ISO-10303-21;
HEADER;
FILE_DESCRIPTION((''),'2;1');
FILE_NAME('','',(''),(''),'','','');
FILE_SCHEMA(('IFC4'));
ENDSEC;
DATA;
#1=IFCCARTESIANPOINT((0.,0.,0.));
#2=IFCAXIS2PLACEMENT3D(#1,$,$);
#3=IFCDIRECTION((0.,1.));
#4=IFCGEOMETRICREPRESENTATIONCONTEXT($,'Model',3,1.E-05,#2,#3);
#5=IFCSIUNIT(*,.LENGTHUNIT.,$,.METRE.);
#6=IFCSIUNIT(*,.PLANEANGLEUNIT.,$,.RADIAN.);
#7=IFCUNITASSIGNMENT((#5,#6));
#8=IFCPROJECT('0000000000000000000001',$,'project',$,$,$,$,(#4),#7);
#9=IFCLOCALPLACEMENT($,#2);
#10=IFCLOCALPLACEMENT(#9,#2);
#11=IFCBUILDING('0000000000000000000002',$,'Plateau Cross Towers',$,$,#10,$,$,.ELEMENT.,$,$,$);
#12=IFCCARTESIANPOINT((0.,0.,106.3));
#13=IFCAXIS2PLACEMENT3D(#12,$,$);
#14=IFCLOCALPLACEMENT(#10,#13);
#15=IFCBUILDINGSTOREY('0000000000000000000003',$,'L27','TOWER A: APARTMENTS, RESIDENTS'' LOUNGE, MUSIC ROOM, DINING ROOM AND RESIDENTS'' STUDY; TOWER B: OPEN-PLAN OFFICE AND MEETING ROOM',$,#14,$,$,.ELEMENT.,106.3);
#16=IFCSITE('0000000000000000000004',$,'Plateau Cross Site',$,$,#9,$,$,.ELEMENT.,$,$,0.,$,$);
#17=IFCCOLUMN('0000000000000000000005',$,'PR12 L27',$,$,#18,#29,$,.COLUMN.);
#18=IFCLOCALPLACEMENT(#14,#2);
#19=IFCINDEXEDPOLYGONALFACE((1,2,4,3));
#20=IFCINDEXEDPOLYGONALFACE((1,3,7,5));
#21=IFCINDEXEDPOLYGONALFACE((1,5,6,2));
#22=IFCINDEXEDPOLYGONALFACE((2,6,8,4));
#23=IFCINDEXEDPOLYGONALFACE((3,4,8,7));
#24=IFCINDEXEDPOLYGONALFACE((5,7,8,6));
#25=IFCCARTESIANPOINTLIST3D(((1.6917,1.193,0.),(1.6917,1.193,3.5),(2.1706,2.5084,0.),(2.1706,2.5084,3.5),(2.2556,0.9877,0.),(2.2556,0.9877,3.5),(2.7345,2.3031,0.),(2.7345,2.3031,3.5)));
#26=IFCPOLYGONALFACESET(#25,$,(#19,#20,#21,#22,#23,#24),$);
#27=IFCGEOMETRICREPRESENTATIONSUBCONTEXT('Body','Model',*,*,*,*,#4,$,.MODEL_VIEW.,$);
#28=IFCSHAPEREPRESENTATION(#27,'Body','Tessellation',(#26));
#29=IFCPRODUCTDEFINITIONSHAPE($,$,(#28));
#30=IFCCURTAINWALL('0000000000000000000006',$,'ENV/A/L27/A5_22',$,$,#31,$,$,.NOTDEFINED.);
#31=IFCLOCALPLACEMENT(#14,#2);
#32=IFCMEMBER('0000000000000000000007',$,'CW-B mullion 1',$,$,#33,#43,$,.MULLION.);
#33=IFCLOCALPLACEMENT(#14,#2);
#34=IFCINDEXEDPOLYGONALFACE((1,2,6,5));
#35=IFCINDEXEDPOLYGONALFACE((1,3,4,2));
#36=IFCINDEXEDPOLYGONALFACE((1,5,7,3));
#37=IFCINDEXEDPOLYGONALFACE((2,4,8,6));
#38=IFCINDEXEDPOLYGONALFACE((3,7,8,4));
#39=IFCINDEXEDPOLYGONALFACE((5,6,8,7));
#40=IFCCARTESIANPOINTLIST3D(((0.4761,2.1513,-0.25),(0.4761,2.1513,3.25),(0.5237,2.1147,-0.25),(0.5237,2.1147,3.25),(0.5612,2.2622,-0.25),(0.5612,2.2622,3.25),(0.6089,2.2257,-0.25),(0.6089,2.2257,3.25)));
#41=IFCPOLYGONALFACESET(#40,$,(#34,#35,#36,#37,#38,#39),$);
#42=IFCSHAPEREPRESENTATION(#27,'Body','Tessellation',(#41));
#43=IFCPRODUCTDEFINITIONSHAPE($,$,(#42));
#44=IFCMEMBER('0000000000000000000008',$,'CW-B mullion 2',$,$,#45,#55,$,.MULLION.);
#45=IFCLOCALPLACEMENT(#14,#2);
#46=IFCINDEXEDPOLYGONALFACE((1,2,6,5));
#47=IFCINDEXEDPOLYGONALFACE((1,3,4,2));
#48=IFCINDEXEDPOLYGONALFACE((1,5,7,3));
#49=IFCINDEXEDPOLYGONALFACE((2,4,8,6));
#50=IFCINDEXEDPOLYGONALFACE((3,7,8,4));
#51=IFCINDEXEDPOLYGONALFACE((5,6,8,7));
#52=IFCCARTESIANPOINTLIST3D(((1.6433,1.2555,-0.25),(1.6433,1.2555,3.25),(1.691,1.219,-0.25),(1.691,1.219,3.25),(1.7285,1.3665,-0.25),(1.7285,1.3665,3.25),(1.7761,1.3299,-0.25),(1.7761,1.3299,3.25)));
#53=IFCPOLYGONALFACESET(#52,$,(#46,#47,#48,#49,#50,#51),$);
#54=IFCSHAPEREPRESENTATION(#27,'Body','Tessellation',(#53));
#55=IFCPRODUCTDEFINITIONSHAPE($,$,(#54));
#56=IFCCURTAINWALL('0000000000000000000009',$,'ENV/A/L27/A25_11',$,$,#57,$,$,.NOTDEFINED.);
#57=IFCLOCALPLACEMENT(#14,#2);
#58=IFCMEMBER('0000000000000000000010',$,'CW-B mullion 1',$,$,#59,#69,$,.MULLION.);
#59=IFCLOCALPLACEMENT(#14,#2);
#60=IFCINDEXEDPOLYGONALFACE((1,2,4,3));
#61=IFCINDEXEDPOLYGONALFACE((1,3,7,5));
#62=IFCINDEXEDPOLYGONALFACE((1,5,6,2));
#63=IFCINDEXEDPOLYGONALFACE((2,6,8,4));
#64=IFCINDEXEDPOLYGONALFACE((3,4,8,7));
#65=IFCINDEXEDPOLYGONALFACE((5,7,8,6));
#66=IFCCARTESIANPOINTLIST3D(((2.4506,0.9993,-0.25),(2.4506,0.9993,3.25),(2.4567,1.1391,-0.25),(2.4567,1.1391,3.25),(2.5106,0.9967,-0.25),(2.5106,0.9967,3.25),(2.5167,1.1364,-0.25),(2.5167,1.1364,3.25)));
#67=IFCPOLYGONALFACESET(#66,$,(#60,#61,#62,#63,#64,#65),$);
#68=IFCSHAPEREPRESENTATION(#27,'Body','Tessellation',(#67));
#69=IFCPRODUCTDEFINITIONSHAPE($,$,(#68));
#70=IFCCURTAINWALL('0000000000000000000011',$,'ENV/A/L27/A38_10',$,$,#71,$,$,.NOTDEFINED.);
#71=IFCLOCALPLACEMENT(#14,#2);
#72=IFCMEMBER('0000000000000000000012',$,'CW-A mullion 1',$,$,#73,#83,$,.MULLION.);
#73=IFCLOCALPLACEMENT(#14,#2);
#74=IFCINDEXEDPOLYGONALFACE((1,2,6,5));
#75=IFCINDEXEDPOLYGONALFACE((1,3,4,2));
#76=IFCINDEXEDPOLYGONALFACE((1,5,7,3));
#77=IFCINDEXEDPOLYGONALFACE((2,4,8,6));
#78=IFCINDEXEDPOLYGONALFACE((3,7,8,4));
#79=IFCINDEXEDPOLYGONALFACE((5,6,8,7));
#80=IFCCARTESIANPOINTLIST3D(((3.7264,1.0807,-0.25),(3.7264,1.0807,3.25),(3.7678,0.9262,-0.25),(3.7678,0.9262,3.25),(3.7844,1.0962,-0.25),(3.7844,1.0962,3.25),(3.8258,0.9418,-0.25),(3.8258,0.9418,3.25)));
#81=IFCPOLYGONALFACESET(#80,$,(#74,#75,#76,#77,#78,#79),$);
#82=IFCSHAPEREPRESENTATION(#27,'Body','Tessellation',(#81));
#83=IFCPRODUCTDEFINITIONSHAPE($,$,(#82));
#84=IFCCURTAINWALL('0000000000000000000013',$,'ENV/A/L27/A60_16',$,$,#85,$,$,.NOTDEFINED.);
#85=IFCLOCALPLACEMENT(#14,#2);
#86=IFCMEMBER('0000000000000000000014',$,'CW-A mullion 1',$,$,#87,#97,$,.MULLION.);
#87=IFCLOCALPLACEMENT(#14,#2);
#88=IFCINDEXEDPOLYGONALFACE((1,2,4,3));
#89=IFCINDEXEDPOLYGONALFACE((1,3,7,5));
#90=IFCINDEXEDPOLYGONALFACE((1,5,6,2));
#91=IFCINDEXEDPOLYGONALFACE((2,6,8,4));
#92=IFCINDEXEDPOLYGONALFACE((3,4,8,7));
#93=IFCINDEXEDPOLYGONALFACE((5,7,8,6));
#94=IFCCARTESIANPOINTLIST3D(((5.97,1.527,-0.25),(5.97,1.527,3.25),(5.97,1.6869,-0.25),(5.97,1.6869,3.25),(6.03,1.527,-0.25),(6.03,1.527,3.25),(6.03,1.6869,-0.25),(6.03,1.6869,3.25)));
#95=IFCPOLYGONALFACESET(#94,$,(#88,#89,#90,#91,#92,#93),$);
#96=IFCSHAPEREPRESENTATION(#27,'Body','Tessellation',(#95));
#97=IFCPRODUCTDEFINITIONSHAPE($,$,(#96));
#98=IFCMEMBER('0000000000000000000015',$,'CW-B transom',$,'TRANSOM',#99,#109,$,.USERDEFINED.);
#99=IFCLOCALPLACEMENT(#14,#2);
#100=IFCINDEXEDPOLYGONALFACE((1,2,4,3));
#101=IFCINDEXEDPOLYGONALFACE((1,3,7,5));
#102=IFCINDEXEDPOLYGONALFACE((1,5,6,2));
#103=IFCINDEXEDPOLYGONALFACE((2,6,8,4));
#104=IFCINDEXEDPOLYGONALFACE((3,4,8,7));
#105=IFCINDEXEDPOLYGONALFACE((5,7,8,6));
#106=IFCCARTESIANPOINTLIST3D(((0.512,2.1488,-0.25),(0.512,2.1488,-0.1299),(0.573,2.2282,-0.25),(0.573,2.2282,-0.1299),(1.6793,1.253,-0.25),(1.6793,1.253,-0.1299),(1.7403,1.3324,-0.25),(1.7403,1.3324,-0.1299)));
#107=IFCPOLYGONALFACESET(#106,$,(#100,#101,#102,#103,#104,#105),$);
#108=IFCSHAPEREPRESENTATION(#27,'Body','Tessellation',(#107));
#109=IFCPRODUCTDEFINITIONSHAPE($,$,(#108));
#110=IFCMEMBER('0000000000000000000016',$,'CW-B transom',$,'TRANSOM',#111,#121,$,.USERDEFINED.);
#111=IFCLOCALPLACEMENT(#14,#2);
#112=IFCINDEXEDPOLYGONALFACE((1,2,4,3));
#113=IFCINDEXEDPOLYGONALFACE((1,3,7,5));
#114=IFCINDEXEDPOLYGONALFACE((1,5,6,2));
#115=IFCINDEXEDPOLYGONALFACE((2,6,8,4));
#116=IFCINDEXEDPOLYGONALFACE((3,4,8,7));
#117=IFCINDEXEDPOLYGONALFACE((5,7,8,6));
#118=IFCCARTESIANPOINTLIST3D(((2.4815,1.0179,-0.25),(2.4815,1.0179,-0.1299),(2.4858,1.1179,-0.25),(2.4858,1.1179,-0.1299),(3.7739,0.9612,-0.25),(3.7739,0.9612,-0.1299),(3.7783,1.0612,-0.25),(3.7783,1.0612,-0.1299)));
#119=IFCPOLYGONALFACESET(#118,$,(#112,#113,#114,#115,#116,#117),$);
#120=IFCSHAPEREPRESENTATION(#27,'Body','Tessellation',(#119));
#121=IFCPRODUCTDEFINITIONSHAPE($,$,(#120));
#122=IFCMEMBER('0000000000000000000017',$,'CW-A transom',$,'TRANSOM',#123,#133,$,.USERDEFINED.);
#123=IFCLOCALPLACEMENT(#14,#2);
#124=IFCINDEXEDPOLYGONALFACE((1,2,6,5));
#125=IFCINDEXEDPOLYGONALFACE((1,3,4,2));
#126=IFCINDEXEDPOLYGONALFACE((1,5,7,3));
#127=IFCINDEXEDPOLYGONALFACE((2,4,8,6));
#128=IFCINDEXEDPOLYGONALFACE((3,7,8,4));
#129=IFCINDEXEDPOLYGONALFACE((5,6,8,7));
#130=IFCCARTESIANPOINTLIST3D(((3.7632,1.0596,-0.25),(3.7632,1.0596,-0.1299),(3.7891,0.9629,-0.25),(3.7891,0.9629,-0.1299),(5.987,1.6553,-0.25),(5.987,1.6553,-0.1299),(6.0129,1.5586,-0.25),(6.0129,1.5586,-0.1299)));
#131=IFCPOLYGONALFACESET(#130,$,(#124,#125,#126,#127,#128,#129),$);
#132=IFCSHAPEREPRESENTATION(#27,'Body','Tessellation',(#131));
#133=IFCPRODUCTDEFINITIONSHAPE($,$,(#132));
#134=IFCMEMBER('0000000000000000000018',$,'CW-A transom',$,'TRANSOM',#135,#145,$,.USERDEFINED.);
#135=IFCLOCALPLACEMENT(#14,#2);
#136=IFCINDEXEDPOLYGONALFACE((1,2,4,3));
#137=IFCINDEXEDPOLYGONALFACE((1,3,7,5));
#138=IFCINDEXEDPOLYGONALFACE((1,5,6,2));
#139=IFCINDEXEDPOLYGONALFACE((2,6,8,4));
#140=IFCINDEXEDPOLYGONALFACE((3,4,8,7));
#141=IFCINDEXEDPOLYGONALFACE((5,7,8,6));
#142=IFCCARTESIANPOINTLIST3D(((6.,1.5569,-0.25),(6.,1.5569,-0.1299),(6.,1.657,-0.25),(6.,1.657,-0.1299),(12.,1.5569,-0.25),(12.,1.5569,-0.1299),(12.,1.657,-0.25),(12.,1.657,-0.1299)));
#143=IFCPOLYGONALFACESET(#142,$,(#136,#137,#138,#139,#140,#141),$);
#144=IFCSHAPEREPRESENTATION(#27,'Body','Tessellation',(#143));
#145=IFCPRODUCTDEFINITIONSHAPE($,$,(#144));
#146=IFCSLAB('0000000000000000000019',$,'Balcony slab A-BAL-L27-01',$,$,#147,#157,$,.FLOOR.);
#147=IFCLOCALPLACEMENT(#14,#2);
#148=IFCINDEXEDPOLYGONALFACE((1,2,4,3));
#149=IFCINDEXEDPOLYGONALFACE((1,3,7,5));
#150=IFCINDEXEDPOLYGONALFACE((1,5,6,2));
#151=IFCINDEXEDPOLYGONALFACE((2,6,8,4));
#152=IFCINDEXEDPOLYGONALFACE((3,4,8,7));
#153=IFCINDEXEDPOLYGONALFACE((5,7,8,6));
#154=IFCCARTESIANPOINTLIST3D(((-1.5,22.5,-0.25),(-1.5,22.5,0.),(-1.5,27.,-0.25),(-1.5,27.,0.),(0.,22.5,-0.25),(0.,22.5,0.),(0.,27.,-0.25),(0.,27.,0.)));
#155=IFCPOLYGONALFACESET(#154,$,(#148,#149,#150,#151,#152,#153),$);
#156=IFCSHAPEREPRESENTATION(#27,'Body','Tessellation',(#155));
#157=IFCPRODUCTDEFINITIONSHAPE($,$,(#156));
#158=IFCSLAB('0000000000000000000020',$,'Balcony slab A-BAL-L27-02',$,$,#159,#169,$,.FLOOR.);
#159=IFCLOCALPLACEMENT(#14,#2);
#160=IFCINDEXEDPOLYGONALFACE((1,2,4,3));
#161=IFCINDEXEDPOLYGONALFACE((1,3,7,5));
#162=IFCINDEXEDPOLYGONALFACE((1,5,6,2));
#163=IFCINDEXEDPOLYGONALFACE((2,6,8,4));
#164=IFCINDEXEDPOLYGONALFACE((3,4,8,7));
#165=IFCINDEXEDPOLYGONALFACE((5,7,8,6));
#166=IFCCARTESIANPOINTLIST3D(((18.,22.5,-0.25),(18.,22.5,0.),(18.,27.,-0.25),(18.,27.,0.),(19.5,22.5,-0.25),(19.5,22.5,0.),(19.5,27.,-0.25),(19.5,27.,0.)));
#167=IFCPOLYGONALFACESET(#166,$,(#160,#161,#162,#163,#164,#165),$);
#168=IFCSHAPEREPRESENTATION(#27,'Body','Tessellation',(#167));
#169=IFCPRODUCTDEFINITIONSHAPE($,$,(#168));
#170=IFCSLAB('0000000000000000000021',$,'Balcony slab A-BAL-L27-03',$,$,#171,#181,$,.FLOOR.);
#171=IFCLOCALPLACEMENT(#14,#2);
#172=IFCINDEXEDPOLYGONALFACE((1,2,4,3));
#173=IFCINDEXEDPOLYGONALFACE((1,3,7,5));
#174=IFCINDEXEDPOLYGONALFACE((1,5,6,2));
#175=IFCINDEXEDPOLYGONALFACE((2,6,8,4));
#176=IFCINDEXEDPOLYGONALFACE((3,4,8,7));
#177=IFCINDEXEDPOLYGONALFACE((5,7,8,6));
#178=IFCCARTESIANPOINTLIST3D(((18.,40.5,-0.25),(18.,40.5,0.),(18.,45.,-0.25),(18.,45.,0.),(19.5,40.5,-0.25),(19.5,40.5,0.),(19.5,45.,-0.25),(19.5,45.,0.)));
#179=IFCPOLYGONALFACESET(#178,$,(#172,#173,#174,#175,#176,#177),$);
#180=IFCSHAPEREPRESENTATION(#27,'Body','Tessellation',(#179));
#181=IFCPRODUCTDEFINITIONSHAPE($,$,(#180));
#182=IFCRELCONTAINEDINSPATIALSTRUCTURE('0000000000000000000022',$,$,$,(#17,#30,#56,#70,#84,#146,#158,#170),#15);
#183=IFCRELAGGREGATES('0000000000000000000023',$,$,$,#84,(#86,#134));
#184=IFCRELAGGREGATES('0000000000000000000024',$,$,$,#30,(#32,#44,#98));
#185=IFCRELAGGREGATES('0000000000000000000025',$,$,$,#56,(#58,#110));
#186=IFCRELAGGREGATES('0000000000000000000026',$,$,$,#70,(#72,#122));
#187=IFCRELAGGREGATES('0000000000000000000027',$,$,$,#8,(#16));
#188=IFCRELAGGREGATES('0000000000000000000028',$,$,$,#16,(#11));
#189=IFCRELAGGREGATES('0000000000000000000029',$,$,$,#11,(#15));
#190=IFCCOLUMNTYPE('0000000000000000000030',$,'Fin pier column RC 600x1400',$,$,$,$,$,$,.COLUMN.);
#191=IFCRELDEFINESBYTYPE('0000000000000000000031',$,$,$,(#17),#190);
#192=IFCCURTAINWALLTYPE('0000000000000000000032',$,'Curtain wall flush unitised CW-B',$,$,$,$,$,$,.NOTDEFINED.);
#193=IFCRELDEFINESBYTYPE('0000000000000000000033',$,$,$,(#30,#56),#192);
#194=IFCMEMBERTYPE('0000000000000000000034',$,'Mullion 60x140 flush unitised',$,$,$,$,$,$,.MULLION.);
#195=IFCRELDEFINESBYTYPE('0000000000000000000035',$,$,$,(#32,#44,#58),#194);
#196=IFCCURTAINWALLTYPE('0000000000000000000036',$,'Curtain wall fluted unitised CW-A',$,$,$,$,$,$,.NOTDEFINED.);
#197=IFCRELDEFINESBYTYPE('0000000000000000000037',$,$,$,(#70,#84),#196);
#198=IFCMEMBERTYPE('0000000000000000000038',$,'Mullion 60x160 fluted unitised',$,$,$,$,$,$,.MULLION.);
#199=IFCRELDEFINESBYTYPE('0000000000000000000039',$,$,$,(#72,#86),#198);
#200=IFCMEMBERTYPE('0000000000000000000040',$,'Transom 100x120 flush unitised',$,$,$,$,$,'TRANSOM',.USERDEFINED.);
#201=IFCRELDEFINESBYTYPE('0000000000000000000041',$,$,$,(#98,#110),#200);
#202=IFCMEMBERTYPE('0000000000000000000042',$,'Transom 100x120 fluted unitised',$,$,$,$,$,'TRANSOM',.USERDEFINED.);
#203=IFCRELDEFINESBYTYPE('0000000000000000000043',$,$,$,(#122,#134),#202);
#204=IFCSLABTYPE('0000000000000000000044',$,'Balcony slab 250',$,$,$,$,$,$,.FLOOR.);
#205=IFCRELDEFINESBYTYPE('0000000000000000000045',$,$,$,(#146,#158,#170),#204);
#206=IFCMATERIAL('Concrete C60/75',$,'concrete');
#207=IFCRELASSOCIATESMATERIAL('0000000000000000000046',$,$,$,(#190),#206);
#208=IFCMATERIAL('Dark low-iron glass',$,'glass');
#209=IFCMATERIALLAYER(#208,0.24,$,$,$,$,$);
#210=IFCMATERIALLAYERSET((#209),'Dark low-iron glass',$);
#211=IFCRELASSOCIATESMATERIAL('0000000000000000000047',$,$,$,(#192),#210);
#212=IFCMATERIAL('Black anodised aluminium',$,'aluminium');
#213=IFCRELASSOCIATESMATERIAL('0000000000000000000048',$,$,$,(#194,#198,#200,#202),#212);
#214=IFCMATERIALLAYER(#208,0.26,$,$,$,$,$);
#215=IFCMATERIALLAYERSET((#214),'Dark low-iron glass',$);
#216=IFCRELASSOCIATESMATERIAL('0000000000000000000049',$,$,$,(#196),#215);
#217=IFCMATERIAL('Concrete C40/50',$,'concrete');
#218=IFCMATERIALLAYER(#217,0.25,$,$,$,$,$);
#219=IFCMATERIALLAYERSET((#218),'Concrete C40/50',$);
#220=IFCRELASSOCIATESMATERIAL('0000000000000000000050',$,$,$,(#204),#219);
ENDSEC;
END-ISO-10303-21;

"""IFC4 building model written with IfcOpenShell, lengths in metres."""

from ifc_helpers import new_model, si_unit, direction, frame, origin, origin_2d, place, context, subcontext, project, spatial, polyline, rectangle, outline, extrude, material, layer, layer_set, material_profile, profile_set, type_object, element, aggregate, save


model = new_model("IFC4")

# Units and contexts
model_context = context("Model", 3, precision=1e-05, world=origin(), true_north=direction((0.0, 1.0)))
body_context = subcontext(model_context, "Body", "Model", "MODEL_VIEW")
ifc_project = project(units=[si_unit("LENGTHUNIT", "METRE"), si_unit("PLANEANGLEUNIT", "RADIAN")], contexts=[model_context])

# Site, building, storey
site_placement = place(None, origin())
site = spatial("IfcSite", under=ifc_project, at=site_placement, Name="Plateau Cross Site", CompositionType="ELEMENT", RefElevation=0.0)
building_placement = place(site_placement, origin())
building = spatial("IfcBuilding", under=site, at=building_placement, Name="Plateau Cross Towers", CompositionType="ELEMENT")
storey_placement = place(building_placement, frame((0.0, 0.0, 106.3)))
storey = spatial("IfcBuildingStorey", under=building, at=storey_placement, Name="L27", Description="TOWER A: APARTMENTS, RESIDENTS' LOUNGE, MUSIC ROOM, DINING ROOM AND RESIDENTS' STUDY; TOWER B: OPEN-PLAN OFFICE AND MEETING ROOM", CompositionType="ELEMENT", Elevation=106.3)

# Column
ifc_material_1 = material(Name="Concrete C60/75", Category="concrete")
ifc_material_profile_1 = material_profile(ifc_material_1, rectangle(XDim=0.6001, YDim=1.3999, at=origin_2d()), Name="RC 600x1400")
ifc_profile_set_1 = profile_set([ifc_material_profile_1], Name="Concrete C60/75")
column_type = type_object("IfcColumnType", Name="Fin pier column RC 600x1400", PredefinedType="COLUMN", material=ifc_profile_set_1)
column_placement = place(storey_placement, frame((2.2131, 1.748, 0.0), z_axis=(0.0, 0.0, 1.0), x_axis=(-0.939664, 0.342098, 0.0)))
element("IfcColumn", 1, at=column_placement, inside=storey, type_object=column_type, Name="PR12 L27", PredefinedType="COLUMN", context=body_context, shape_type="SweptSolid", body=[
    extrude(rectangle(XDim=0.6001, YDim=1.3999, at=origin_2d()), origin(), (0.0, 0.0, 1.0), 3.5),
])

# Curtain wall, members
ifc_material_2 = material(Name="Dark low-iron glass", Category="glass")
ifc_layer_1 = layer(ifc_material_2, 0.24)
ifc_layer_set_1 = layer_set([ifc_layer_1], Name="Dark low-iron glass")
curtain_wall_type_1 = type_object("IfcCurtainWallType", Name="Curtain wall flush unitised CW-B", PredefinedType="NOTDEFINED", material=ifc_layer_set_1)
curtain_wall_1_placement = place(storey_placement, origin())
curtain_wall_1 = element("IfcCurtainWall", 2, at=curtain_wall_1_placement, inside=storey, type_object=curtain_wall_type_1, Name="ENV/A/L27/A5_22", PredefinedType="NOTDEFINED")
ifc_material_3 = material(Name="Black anodised aluminium", Category="aluminium")
ifc_material_profile_2 = material_profile(ifc_material_3, rectangle(XDim=0.0601, YDim=0.1399, at=origin_2d()), Name="MULLION 60x140")
ifc_profile_set_2 = profile_set([ifc_material_profile_2], Name="Black anodised aluminium")
member_type_1 = type_object("IfcMemberType", Name="Mullion 60x140 flush unitised", PredefinedType="MULLION", material=ifc_profile_set_2)
member_1_placement = place(storey_placement, frame((0.5425, 2.1885, -0.25), z_axis=(0.0, 0.0, 1.0), x_axis=(0.793316, -0.608811, 0.0)))
member_1 = element("IfcMember", 3, at=member_1_placement, type_object=member_type_1, Name="CW-B mullion 1", PredefinedType="MULLION", context=body_context, shape_type="SweptSolid", body=[
    extrude(rectangle(XDim=0.0601, YDim=0.1399, at=origin_2d()), origin(), (0.0, 0.0, 1.0), 3.5),
])
member_2_placement = place(storey_placement, frame((1.7097, 1.2927, -0.25), z_axis=(0.0, 0.0, 1.0), x_axis=(0.793316, -0.608811, 0.0)))
member_2 = element("IfcMember", 4, at=member_2_placement, type_object=member_type_1, Name="CW-B mullion 2", PredefinedType="MULLION", context=body_context, shape_type="SweptSolid", body=[
    extrude(rectangle(XDim=0.0601, YDim=0.1399, at=origin_2d()), origin(), (0.0, 0.0, 1.0), 3.5),
])

# Curtain walls, members
curtain_wall_2_placement = place(storey_placement, origin())
curtain_wall_2 = element("IfcCurtainWall", 5, at=curtain_wall_2_placement, inside=storey, type_object=curtain_wall_type_1, Name="ENV/A/L27/A25_11", PredefinedType="NOTDEFINED")
member_3_placement = place(storey_placement, frame((2.4836, 1.0679, -0.25), z_axis=(0.0, 0.0, 1.0), x_axis=(0.999044, -0.043723, 0.0)))
member_3 = element("IfcMember", 6, at=member_3_placement, type_object=member_type_1, Name="CW-B mullion 1", PredefinedType="MULLION", context=body_context, shape_type="SweptSolid", body=[
    extrude(rectangle(XDim=0.0601, YDim=0.1399, at=origin_2d()), origin(), (0.0, 0.0, 1.0), 3.5),
])
ifc_layer_2 = layer(ifc_material_2, 0.26)
ifc_layer_set_2 = layer_set([ifc_layer_2], Name="Dark low-iron glass")
curtain_wall_type_2 = type_object("IfcCurtainWallType", Name="Curtain wall fluted unitised CW-A", PredefinedType="NOTDEFINED", material=ifc_layer_set_2)
curtain_wall_3_placement = place(storey_placement, origin())
curtain_wall_3 = element("IfcCurtainWall", 7, at=curtain_wall_3_placement, inside=storey, type_object=curtain_wall_type_2, Name="ENV/A/L27/A38_10", PredefinedType="NOTDEFINED")
ifc_material_profile_3 = material_profile(ifc_material_3, rectangle(XDim=0.0601, YDim=0.1599, at=origin_2d()), Name="MULLION 60x160")
ifc_profile_set_3 = profile_set([ifc_material_profile_3], Name="Black anodised aluminium")
member_type_2 = type_object("IfcMemberType", Name="Mullion 60x160 fluted unitised", PredefinedType="MULLION", material=ifc_profile_set_3)
member_4_placement = place(storey_placement, frame((3.7761, 1.0112, -0.25), z_axis=(0.0, 0.0, 1.0), x_axis=(0.965958, 0.258699, 0.0)))
member_4 = element("IfcMember", 8, at=member_4_placement, type_object=member_type_2, Name="CW-A mullion 1", PredefinedType="MULLION", context=body_context, shape_type="SweptSolid", body=[
    extrude(rectangle(XDim=0.0601, YDim=0.1599, at=origin_2d()), origin(), (0.0, 0.0, 1.0), 3.5),
])
curtain_wall_4_placement = place(storey_placement, origin())
curtain_wall_4 = element("IfcCurtainWall", 9, at=curtain_wall_4_placement, inside=storey, type_object=curtain_wall_type_2, Name="ENV/A/L27/A60_16", PredefinedType="NOTDEFINED")
member_5_placement = place(storey_placement, frame((6.0, 1.6069, -0.25), z_axis=(0.0, 0.0, 1.0), x_axis=(1.0, 0.0, 0.0)))
member_5 = element("IfcMember", 10, at=member_5_placement, type_object=member_type_2, Name="CW-A mullion 1", PredefinedType="MULLION", context=body_context, shape_type="SweptSolid", body=[
    extrude(rectangle(XDim=0.0601, YDim=0.1599, at=origin_2d()), origin(), (0.0, 0.0, 1.0), 3.5),
])

# Members
ifc_material_profile_4 = material_profile(ifc_material_3, rectangle(XDim=0.1001, YDim=0.1201, at=origin_2d()), Name="TRANSOM 100x120")
ifc_profile_set_4 = profile_set([ifc_material_profile_4], Name="Black anodised aluminium")
member_type_3 = type_object("IfcMemberType", Name="Transom 100x120 flush unitised", ElementType="TRANSOM", PredefinedType="USERDEFINED", material=ifc_profile_set_4)
member_6_placement = place(storey_placement, frame((0.5425, 2.1885, -0.1899), z_axis=(0.793321, -0.608804, 0.0), x_axis=(0.608804, 0.793321, 0.0)))
member_6 = element("IfcMember", 11, at=member_6_placement, type_object=member_type_3, Name="CW-B transom", ObjectType="TRANSOM", PredefinedType="USERDEFINED", context=body_context, shape_type="SweptSolid", body=[
    extrude(rectangle(XDim=0.1001, YDim=0.1201, at=origin_2d()), origin(), (0.0, 0.0, 1.0), 1.4714),
])
member_7_placement = place(storey_placement, frame((2.4836, 1.0679, -0.1899), z_axis=(0.999041, -0.043781, 0.0), x_axis=(0.043781, 0.999041, 0.0)))
member_7 = element("IfcMember", 12, at=member_7_placement, type_object=member_type_3, Name="CW-B transom", ObjectType="TRANSOM", PredefinedType="USERDEFINED", context=body_context, shape_type="SweptSolid", body=[
    extrude(rectangle(XDim=0.1001, YDim=0.1201, at=origin_2d()), origin(), (0.0, 0.0, 1.0), 1.2937),
])
ifc_material_profile_5 = material_profile(ifc_material_3, rectangle(XDim=0.1001, YDim=0.1201, at=origin_2d()), Name="TRANSOM 100x120")
ifc_profile_set_5 = profile_set([ifc_material_profile_5], Name="Black anodised aluminium")
member_type_4 = type_object("IfcMemberType", Name="Transom 100x120 fluted unitised", ElementType="TRANSOM", PredefinedType="USERDEFINED", material=ifc_profile_set_5)
member_8_placement = place(storey_placement, frame((3.7761, 1.0112, -0.1899), z_axis=(0.965946, 0.258745, 0.0), x_axis=(-0.258745, 0.965946, 0.0)))
member_8 = element("IfcMember", 13, at=member_8_placement, type_object=member_type_4, Name="CW-A transom", ObjectType="TRANSOM", PredefinedType="USERDEFINED", context=body_context, shape_type="SweptSolid", body=[
    extrude(rectangle(XDim=0.1001, YDim=0.1201, at=origin_2d()), origin(), (0.0, 0.0, 1.0), 2.3022),
])
member_9_placement = place(storey_placement, frame((6.0, 1.6069, -0.1899), z_axis=(1.0, 0.0, 0.0), x_axis=(0.0, 1.0, 0.0)))
member_9 = element("IfcMember", 14, at=member_9_placement, type_object=member_type_4, Name="CW-A transom", ObjectType="TRANSOM", PredefinedType="USERDEFINED", context=body_context, shape_type="SweptSolid", body=[
    extrude(rectangle(XDim=0.1001, YDim=0.1201, at=origin_2d()), origin(), (0.0, 0.0, 1.0), 6.0),
])
aggregate(curtain_wall_4, [member_5, member_9])

# Slabs
ifc_material_4 = material(Name="Concrete C40/50", Category="concrete")
ifc_layer_3 = layer(ifc_material_4, 0.25)
ifc_layer_set_3 = layer_set([ifc_layer_3], Name="Concrete C40/50")
slab_type_1 = type_object("IfcSlabType", Name="Balcony slab 250", PredefinedType="FLOOR", material=ifc_layer_set_3)
slab_1_placement = place(storey_placement, frame((0.0, 0.0, -0.25)))
element("IfcSlab", 15, at=slab_1_placement, inside=storey, type_object=slab_type_1, Name="Balcony slab A-BAL-L27-01", PredefinedType="FLOOR", context=body_context, shape_type="SweptSolid", body=[
    extrude(outline(polyline([(0.0, 22.5), (0.0, 27.0), (-1.5, 27.0), (-1.5, 22.5), (0.0, 22.5)])), origin(), (0.0, 0.0, 1.0), 0.25),
])
slab_2_placement = place(storey_placement, frame((0.0, 0.0, -0.25)))
element("IfcSlab", 16, at=slab_2_placement, inside=storey, type_object=slab_type_1, Name="Balcony slab A-BAL-L27-02", PredefinedType="FLOOR", context=body_context, shape_type="SweptSolid", body=[
    extrude(outline(polyline([(19.5, 22.5), (19.5, 27.0), (18.0, 27.0), (18.0, 22.5), (19.5, 22.5)])), origin(), (0.0, 0.0, 1.0), 0.25),
])
slab_3_placement = place(storey_placement, frame((0.0, 0.0, -0.25)))
element("IfcSlab", 17, at=slab_3_placement, inside=storey, type_object=slab_type_1, Name="Balcony slab A-BAL-L27-03", PredefinedType="FLOOR", context=body_context, shape_type="SweptSolid", body=[
    extrude(outline(polyline([(19.5, 40.5), (19.5, 45.0), (18.0, 45.0), (18.0, 40.5), (19.5, 40.5)])), origin(), (0.0, 0.0, 1.0), 0.25),
])

aggregate(curtain_wall_1, [member_1, member_2, member_6])
aggregate(curtain_wall_2, [member_3, member_7])
aggregate(curtain_wall_3, [member_4, member_8])

save(model, "model.ifc")
